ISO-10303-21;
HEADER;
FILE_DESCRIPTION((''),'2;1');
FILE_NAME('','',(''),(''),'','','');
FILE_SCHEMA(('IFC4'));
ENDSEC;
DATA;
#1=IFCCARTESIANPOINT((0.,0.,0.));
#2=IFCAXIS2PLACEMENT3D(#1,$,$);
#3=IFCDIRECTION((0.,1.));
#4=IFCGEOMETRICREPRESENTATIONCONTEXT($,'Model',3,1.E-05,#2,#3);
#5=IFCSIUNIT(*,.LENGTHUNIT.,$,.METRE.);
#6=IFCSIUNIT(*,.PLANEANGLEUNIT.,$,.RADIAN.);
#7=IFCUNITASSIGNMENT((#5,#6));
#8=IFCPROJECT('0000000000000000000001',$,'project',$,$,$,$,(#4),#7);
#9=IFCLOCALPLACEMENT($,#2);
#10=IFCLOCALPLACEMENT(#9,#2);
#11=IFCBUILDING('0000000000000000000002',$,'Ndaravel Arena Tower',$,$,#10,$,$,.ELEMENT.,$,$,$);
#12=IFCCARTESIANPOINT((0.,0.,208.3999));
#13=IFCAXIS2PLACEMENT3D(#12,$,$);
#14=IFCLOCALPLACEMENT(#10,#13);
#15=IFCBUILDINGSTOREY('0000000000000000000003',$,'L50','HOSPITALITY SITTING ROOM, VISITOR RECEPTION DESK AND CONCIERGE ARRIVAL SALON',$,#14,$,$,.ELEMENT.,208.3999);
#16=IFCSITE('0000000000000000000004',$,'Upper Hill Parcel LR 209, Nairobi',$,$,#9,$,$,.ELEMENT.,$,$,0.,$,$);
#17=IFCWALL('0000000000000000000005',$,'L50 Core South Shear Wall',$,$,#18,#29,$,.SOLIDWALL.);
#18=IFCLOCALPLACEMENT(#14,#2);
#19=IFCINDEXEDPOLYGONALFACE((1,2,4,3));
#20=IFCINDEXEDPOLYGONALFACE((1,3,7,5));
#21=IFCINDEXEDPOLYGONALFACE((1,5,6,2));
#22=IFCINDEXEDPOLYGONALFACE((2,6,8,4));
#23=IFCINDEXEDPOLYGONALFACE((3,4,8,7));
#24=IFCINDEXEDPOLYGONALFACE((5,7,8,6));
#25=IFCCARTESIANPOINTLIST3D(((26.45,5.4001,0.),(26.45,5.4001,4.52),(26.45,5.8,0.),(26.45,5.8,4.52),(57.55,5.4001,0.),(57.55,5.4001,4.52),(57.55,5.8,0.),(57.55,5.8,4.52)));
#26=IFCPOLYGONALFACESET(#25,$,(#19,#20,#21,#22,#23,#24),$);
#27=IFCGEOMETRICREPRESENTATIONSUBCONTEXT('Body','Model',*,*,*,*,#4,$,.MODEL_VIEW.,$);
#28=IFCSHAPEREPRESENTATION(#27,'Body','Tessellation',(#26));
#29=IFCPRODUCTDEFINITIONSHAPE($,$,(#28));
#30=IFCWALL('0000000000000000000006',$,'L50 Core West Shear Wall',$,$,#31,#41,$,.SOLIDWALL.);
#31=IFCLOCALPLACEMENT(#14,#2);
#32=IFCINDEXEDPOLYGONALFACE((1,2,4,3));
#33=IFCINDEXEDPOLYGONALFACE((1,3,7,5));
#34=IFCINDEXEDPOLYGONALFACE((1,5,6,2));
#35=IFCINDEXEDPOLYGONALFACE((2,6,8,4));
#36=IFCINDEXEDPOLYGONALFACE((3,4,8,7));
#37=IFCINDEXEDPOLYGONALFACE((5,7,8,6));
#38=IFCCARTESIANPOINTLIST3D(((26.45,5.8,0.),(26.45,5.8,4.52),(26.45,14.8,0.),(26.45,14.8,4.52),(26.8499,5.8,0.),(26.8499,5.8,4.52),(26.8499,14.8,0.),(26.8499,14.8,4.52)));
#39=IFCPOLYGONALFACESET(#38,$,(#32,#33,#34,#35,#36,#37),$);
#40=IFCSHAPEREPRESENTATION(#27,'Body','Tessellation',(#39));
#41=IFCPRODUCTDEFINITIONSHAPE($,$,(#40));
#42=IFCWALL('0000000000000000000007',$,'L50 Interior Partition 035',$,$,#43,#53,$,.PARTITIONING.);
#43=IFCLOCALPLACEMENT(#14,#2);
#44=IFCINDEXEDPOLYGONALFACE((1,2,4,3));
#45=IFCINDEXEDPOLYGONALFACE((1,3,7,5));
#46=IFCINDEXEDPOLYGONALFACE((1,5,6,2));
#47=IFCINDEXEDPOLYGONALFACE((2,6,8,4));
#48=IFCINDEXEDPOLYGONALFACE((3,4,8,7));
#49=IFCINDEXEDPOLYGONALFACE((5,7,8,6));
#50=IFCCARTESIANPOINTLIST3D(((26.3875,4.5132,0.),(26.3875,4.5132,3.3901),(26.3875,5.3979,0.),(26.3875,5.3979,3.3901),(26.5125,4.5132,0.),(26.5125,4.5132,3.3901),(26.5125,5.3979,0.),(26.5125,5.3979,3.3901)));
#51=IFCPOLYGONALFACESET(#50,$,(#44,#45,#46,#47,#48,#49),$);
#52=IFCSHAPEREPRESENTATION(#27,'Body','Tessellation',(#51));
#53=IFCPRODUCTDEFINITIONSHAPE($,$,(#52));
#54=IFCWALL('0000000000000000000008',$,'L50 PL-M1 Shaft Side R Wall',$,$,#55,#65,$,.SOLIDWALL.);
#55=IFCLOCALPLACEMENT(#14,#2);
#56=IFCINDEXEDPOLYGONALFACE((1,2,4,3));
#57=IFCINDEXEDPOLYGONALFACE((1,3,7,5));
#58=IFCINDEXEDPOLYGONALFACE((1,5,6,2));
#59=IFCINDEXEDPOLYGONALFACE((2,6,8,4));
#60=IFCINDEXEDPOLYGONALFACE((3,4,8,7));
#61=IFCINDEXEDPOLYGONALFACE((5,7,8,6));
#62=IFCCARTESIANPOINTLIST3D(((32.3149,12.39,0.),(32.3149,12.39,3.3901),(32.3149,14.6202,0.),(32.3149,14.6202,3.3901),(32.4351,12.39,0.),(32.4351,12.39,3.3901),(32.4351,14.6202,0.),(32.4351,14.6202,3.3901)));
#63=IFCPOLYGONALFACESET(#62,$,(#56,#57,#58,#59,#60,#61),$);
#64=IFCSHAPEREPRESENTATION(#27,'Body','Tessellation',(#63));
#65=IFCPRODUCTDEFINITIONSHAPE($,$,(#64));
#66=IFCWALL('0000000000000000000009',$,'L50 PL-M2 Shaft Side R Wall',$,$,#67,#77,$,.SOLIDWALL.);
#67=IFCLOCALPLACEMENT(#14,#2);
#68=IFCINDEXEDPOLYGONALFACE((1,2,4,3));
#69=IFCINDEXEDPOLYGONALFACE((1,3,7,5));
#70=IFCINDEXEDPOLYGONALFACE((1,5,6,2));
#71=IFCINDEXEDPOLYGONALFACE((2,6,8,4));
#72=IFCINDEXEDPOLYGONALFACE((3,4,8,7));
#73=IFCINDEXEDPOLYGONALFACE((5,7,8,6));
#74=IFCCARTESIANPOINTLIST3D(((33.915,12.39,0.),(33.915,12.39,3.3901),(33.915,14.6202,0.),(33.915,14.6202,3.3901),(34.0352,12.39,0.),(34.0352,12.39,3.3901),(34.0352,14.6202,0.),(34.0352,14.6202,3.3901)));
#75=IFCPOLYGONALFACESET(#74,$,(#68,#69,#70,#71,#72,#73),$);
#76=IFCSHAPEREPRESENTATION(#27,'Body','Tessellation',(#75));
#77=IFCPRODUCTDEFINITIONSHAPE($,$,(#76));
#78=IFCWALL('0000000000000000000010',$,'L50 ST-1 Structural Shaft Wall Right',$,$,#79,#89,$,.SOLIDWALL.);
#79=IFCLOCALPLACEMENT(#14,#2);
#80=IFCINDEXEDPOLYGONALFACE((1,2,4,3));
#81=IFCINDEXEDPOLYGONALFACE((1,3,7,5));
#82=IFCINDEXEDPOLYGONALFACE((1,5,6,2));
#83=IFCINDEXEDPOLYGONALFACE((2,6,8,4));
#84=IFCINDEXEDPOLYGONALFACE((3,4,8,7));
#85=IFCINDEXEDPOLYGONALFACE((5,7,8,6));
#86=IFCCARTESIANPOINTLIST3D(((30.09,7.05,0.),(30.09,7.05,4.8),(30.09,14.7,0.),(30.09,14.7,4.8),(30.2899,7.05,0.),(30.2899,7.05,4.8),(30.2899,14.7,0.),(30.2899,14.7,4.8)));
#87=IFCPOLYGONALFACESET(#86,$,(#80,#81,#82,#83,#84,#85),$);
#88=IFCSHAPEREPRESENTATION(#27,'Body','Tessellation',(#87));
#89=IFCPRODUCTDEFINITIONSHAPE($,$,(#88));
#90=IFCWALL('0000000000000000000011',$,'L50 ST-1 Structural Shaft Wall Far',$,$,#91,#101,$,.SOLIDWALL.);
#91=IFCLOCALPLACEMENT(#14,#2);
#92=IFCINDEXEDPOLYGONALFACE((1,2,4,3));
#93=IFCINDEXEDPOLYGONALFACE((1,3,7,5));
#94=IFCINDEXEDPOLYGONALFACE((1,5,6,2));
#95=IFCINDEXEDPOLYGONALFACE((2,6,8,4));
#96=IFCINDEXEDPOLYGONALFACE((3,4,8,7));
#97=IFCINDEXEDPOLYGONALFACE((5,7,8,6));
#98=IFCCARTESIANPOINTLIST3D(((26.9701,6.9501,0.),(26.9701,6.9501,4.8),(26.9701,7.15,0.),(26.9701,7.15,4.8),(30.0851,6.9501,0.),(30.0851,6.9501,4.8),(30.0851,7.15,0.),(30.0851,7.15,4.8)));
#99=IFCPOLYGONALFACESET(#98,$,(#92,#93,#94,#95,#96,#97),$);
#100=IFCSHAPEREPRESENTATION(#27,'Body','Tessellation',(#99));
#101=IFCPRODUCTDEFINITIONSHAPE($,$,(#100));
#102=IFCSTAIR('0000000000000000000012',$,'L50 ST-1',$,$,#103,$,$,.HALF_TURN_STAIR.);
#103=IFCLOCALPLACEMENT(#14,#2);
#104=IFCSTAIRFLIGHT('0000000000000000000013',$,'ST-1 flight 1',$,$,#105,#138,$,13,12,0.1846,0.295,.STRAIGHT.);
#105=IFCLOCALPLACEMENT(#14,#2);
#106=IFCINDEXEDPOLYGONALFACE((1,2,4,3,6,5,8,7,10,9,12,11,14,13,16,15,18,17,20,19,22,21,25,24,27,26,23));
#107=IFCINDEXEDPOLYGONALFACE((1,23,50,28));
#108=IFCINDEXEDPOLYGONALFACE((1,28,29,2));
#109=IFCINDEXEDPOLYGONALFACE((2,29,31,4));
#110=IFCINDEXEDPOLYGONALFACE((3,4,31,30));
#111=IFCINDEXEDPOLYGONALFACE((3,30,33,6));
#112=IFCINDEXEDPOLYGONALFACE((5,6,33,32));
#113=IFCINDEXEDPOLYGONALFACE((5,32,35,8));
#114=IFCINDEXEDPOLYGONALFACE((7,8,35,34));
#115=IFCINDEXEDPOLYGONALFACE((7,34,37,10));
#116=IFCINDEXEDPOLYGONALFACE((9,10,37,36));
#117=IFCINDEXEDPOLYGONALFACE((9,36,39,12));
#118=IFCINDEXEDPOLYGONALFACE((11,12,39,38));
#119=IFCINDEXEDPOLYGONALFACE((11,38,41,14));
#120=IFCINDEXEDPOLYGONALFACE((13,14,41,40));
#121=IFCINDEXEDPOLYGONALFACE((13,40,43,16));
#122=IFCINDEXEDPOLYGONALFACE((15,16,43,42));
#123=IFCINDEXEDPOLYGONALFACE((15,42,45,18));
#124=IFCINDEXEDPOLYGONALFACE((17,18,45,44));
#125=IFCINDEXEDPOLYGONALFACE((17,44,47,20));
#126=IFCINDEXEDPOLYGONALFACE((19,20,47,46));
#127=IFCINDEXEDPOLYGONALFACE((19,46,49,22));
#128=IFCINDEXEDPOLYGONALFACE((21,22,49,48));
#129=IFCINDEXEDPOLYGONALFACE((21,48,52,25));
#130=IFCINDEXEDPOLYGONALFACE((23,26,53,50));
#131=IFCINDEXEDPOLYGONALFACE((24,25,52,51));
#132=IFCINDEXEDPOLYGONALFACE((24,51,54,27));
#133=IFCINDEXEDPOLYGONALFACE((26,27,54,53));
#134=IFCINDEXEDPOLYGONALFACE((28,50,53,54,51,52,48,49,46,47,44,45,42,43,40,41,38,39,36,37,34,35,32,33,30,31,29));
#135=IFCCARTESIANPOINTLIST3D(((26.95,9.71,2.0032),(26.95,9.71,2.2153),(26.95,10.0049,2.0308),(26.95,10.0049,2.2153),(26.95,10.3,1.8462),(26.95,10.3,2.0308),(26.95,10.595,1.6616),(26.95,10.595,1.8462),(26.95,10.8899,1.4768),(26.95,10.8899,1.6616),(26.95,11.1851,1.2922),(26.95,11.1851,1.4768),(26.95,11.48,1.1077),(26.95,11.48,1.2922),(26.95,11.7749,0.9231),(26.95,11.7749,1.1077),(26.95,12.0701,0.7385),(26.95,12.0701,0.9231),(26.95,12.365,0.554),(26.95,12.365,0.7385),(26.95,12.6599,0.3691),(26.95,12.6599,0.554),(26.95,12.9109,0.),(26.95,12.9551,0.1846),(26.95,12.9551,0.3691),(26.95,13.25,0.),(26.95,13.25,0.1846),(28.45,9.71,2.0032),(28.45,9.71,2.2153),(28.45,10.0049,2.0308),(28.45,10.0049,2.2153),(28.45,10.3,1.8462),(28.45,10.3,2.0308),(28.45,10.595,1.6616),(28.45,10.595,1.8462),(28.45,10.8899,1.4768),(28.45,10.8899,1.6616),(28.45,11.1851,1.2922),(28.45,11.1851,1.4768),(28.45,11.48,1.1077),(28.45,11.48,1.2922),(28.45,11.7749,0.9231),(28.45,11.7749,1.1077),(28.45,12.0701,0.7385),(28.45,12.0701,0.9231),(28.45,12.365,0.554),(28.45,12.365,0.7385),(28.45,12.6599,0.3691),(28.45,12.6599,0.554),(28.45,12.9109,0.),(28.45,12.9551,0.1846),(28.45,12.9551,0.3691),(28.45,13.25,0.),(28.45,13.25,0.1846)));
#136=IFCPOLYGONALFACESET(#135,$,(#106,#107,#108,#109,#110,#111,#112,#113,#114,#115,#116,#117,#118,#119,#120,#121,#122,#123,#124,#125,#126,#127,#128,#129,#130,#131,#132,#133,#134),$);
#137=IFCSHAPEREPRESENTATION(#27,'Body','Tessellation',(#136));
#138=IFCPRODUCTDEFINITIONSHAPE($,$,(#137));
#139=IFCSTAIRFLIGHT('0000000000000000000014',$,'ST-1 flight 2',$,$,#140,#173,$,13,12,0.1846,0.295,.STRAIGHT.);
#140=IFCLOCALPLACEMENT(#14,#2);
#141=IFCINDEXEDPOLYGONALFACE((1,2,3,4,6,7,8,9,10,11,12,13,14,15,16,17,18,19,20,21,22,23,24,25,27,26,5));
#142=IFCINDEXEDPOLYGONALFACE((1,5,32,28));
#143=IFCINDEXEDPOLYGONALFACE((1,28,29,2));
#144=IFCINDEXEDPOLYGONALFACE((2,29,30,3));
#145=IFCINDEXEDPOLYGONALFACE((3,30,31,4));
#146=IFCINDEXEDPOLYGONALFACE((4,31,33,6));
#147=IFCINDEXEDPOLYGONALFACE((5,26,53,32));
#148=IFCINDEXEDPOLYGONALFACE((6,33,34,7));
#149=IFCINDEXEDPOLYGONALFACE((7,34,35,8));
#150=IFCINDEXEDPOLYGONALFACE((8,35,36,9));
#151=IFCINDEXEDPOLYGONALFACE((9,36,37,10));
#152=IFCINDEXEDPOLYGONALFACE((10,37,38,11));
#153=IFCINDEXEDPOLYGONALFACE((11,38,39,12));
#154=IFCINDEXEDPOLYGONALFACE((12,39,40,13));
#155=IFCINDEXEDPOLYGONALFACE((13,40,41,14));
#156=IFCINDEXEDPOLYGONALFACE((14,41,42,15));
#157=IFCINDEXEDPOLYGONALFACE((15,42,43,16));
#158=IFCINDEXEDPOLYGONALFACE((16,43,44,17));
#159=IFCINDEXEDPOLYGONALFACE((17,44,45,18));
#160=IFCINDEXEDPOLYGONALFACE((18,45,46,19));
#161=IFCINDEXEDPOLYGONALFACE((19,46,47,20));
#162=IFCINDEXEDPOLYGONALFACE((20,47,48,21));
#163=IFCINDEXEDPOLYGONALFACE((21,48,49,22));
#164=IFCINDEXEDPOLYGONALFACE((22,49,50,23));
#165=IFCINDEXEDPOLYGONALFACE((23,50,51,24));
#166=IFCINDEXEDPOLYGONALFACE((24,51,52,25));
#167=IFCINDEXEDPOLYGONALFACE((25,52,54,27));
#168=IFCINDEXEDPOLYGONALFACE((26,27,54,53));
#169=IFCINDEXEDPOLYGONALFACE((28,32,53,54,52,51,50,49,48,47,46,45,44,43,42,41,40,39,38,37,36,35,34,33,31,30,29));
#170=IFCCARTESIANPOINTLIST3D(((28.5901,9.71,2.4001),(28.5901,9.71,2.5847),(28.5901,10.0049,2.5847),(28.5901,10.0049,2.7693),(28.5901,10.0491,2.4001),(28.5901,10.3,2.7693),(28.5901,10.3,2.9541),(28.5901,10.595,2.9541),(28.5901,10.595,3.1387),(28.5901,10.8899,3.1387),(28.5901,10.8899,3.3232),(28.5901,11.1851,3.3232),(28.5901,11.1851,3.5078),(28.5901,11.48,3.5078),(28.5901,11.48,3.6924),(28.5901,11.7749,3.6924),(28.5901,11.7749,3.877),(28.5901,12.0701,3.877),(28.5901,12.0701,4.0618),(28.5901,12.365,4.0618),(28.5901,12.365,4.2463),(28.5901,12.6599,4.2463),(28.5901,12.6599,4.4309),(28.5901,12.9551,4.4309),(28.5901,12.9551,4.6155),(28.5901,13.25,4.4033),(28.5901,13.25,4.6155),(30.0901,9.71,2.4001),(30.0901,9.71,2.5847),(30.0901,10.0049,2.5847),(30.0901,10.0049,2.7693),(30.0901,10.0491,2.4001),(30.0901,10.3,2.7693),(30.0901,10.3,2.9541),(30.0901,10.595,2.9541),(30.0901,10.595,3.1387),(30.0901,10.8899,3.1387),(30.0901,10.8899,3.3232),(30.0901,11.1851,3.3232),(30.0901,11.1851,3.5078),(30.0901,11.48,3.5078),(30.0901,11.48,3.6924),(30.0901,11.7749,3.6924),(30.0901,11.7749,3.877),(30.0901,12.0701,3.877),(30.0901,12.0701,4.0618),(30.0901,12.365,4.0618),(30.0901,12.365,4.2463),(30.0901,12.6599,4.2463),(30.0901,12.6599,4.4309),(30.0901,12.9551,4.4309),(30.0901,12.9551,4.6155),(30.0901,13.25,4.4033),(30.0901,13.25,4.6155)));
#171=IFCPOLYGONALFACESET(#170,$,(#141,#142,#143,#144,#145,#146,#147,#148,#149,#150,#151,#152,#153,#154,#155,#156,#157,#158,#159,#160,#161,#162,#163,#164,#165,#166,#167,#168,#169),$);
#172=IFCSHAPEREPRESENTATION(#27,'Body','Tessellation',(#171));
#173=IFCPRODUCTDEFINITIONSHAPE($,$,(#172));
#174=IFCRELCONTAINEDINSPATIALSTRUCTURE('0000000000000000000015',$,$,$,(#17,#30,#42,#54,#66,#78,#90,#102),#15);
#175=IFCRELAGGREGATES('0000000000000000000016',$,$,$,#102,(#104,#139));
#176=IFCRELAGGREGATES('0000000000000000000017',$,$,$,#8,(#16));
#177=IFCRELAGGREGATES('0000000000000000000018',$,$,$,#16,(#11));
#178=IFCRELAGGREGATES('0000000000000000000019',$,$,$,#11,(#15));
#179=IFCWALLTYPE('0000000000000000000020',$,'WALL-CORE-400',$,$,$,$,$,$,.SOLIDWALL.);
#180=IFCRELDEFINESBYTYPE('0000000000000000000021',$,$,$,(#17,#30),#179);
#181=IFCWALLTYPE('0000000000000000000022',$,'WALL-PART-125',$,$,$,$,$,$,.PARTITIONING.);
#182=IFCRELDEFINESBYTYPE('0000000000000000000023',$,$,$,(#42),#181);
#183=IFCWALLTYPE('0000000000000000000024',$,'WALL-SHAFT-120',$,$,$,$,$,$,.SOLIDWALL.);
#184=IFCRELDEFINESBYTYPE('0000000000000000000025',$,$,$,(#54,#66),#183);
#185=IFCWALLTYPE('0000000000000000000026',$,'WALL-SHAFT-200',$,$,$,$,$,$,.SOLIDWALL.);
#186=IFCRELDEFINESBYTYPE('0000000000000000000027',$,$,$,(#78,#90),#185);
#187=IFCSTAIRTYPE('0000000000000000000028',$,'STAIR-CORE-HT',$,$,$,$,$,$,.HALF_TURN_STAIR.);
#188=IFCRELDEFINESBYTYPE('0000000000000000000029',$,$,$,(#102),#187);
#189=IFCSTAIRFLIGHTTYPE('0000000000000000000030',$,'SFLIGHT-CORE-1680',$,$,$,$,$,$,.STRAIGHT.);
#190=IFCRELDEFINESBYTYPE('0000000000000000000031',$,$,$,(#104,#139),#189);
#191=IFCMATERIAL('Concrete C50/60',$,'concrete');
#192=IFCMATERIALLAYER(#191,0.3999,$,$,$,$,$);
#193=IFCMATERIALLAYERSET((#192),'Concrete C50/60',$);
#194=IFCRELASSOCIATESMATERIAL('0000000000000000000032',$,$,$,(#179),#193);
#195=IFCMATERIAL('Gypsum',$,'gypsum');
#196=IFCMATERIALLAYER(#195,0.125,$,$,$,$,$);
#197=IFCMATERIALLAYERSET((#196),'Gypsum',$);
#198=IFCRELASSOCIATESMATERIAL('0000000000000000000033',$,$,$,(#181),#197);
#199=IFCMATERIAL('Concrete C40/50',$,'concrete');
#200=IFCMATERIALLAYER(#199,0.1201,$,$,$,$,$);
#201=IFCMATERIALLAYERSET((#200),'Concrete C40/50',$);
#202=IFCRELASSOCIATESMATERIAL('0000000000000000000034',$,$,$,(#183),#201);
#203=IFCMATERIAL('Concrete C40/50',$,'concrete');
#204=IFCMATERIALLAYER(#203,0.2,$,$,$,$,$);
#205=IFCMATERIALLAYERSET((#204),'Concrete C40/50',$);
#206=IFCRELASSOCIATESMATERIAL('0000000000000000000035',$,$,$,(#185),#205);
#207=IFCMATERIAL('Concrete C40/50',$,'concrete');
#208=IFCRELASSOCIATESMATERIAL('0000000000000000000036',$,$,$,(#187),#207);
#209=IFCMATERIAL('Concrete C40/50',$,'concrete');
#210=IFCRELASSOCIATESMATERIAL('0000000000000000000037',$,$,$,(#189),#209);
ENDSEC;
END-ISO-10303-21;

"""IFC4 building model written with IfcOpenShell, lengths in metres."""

from ifc_helpers import new_model, si_unit, direction, frame, frame_2d, origin, place, context, subcontext, project, spatial, polyline, rectangle, outline, extrude, material, layer, layer_set, type_object, element, aggregate, save


model = new_model("IFC4")

# Units and contexts
model_context = context("Model", 3, precision=1e-05, world=origin(), true_north=direction((0.0, 1.0)))
body_context = subcontext(model_context, "Body", "Model", "MODEL_VIEW")
ifc_project = project(units=[si_unit("LENGTHUNIT", "METRE"), si_unit("PLANEANGLEUNIT", "RADIAN")], contexts=[model_context])

# Site, building, storey
site_placement = place(None, origin())
site = spatial("IfcSite", under=ifc_project, at=site_placement, Name="Upper Hill Parcel LR 209, Nairobi", CompositionType="ELEMENT", RefElevation=0.0)
building_placement = place(site_placement, origin())
building = spatial("IfcBuilding", under=site, at=building_placement, Name="Ndaravel Arena Tower", CompositionType="ELEMENT")
storey_placement = place(building_placement, frame((0.0, 0.0, 208.3999)))
storey = spatial("IfcBuildingStorey", under=building, at=storey_placement, Name="L50", Description="HOSPITALITY SITTING ROOM, VISITOR RECEPTION DESK AND CONCIERGE ARRIVAL SALON", CompositionType="ELEMENT", Elevation=208.3999)

# Walls
ifc_material_1 = material(Name="Concrete C50/60", Category="concrete")
ifc_layer_1 = layer(ifc_material_1, 0.3999)
ifc_layer_set_1 = layer_set([ifc_layer_1], Name="Concrete C50/60")
wall_type_1 = type_object("IfcWallType", Name="WALL-CORE-400", PredefinedType="SOLIDWALL", material=ifc_layer_set_1)
wall_1_placement = place(storey_placement, frame((26.45, 5.6001, 0.0), z_axis=(0.0, 0.0, 1.0), x_axis=(1.0, 0.0, 0.0)))
element("IfcWall", 1, at=wall_1_placement, inside=storey, type_object=wall_type_1, Name="L50 Core South Shear Wall", PredefinedType="SOLIDWALL", context=body_context, shape_type="SweptSolid", body=[
    extrude(rectangle(XDim=31.1001, YDim=0.3999, at=frame_2d((15.55, 0.0))), origin(), (0.0, 0.0, 1.0), 4.52),
])
wall_2_placement = place(storey_placement, frame((26.6499, 5.8, 0.0), z_axis=(0.0, 0.0, 1.0), x_axis=(0.0, 1.0, 0.0)))
element("IfcWall", 2, at=wall_2_placement, inside=storey, type_object=wall_type_1, Name="L50 Core West Shear Wall", PredefinedType="SOLIDWALL", context=body_context, shape_type="SweptSolid", body=[
    extrude(rectangle(XDim=9.0, YDim=0.3999, at=frame_2d((4.5, 0.0))), origin(), (0.0, 0.0, 1.0), 4.52),
])
ifc_material_2 = material(Name="Gypsum", Category="gypsum")
ifc_layer_2 = layer(ifc_material_2, 0.125)
ifc_layer_set_2 = layer_set([ifc_layer_2], Name="Gypsum")
wall_type_2 = type_object("IfcWallType", Name="WALL-PART-125", PredefinedType="PARTITIONING", material=ifc_layer_set_2)
wall_3_placement = place(storey_placement, frame((26.45, 5.3979, 0.0), z_axis=(0.0, 0.0, 1.0), x_axis=(0.0, -1.0, 0.0)))
element("IfcWall", 3, at=wall_3_placement, inside=storey, type_object=wall_type_2, Name="L50 Interior Partition 035", PredefinedType="PARTITIONING", context=body_context, shape_type="SweptSolid", body=[
    extrude(rectangle(XDim=0.8848, YDim=0.125, at=frame_2d((0.4424, 0.0))), origin(), (0.0, 0.0, 1.0), 3.3901),
])
ifc_material_3 = material(Name="Concrete C40/50", Category="concrete")
ifc_layer_3 = layer(ifc_material_3, 0.1201)
ifc_layer_set_3 = layer_set([ifc_layer_3], Name="Concrete C40/50")
wall_type_3 = type_object("IfcWallType", Name="WALL-SHAFT-120", PredefinedType="SOLIDWALL", material=ifc_layer_set_3)
for number, where, z_axis, x_axis, name in (
    (4, (32.375, 12.3899, 0.0), (0.0, 0.0, 1.0), (0.0, 1.0, 0.0), "L50 PL-M1 Shaft Side R Wall"),
    (5, (33.9751, 12.3899, 0.0), (0.0, 0.0, 1.0), (0.0, 1.0, 0.0), "L50 PL-M2 Shaft Side R Wall"),
):
    element("IfcWall", number, at=place(storey_placement, frame(where, z_axis=z_axis, x_axis=x_axis)), inside=storey, type_object=wall_type_3, Name=name, PredefinedType="SOLIDWALL", context=body_context, shape_type="SweptSolid", body=[
        extrude(rectangle(XDim=2.2302, YDim=0.1201, at=frame_2d((1.1152, 0.0))), origin(), (0.0, 0.0, 1.0), 3.3901),
    ])
ifc_material_4 = material(Name="Concrete C40/50", Category="concrete")
ifc_layer_4 = layer(ifc_material_4, 0.2)
ifc_layer_set_4 = layer_set([ifc_layer_4], Name="Concrete C40/50")
wall_type_4 = type_object("IfcWallType", Name="WALL-SHAFT-200", PredefinedType="SOLIDWALL", material=ifc_layer_set_4)
wall_4_placement = place(storey_placement, frame((30.1899, 14.7, 0.0), z_axis=(0.0, 0.0, 1.0), x_axis=(0.0, -1.0, 0.0)))
element("IfcWall", 6, at=wall_4_placement, inside=storey, type_object=wall_type_4, Name="L50 ST-1 Structural Shaft Wall Right", PredefinedType="SOLIDWALL", context=body_context, shape_type="SweptSolid", body=[
    extrude(rectangle(XDim=7.6499, YDim=0.2, at=frame_2d((3.825, 0.0))), origin(), (0.0, 0.0, 1.0), 4.8),
])
wall_5_placement = place(storey_placement, frame((26.97, 7.05, 0.0), z_axis=(0.0, 0.0, 1.0), x_axis=(1.0, 0.0, 0.0)))
element("IfcWall", 7, at=wall_5_placement, inside=storey, type_object=wall_type_4, Name="L50 ST-1 Structural Shaft Wall Far", PredefinedType="SOLIDWALL", context=body_context, shape_type="SweptSolid", body=[
    extrude(rectangle(XDim=3.115, YDim=0.2, at=frame_2d((1.5576, 0.0))), origin(), (0.0, 0.0, 1.0), 4.8),
])

# Stair, stair flights
ifc_material_5 = material(Name="Concrete C40/50", Category="concrete")
stair_type = type_object("IfcStairType", Name="STAIR-CORE-HT", PredefinedType="HALF_TURN_STAIR", material=ifc_material_5)
stair_placement = place(storey_placement, origin())
stair = element("IfcStair", 8, at=stair_placement, inside=storey, type_object=stair_type, Name="L50 ST-1", PredefinedType="HALF_TURN_STAIR")
ifc_material_6 = material(Name="Concrete C40/50", Category="concrete")
stair_flight_type = type_object("IfcStairFlightType", Name="SFLIGHT-CORE-1680", PredefinedType="STRAIGHT", material=ifc_material_6)
stair_flight_1_placement = place(storey_placement, frame((27.7, 13.25, 0.0), z_axis=(0.0, 0.0, 1.0), x_axis=(0.0, -1.0, 0.0)))
stair_flight_1 = element("IfcStairFlight", 9, at=stair_flight_1_placement, type_object=stair_flight_type, Name="ST-1 flight 1", NumberOfRisers=13, NumberOfTreads=12, PredefinedType="STRAIGHT", RiserHeight=0.1846, TreadLength=0.295, context=body_context, shape_type="SweptSolid", body=[
    extrude(outline(polyline([(0.0, 0.0), (0.0, 0.1846), (0.2949, 0.1846), (0.2949, 0.3691), (0.5901, 0.3691), (0.5901, 0.554), (0.885, 0.554), (0.885, 0.7385), (1.1799, 0.7385), (1.1799, 0.9231), (1.4751, 0.9231), (1.4751, 1.1077), (1.77, 1.1077), (1.77, 1.2922), (2.0649, 1.2922), (2.0649, 1.4768), (2.3601, 1.4768), (2.3601, 1.6616), (2.655, 1.6616), (2.655, 1.8462), (2.95, 1.8462), (2.95, 2.0308), (3.2451, 2.0308), (3.2451, 2.2153), (3.54, 2.2153), (3.54, 2.3999), (3.54, 2.0032), (0.3391, 0.0), (0.0, 0.0)])), frame((0.0, 0.75, 0.0), z_axis=(0.0, -1.0, 0.0), x_axis=(1.0, 0.0, 0.0)), (0.0, 0.0, 1.0), 1.5),
])
stair_flight_2_placement = place(storey_placement, frame((29.3401, 9.71, 2.4001), z_axis=(0.0, 0.0, 1.0), x_axis=(0.0, 1.0, 0.0)))
stair_flight_2 = element("IfcStairFlight", 10, at=stair_flight_2_placement, type_object=stair_flight_type, Name="ST-1 flight 2", NumberOfRisers=13, NumberOfTreads=12, PredefinedType="STRAIGHT", RiserHeight=0.1846, TreadLength=0.295, context=body_context, shape_type="SweptSolid", body=[
    extrude(outline(polyline([(0.0, 0.0), (0.0, 0.1846), (0.2949, 0.1846), (0.2949, 0.3691), (0.5901, 0.3691), (0.5901, 0.554), (0.885, 0.554), (0.885, 0.7385), (1.1799, 0.7385), (1.1799, 0.9231), (1.4751, 0.9231), (1.4751, 1.1077), (1.77, 1.1077), (1.77, 1.2922), (2.0649, 1.2922), (2.0649, 1.4768), (2.3601, 1.4768), (2.3601, 1.6616), (2.655, 1.6616), (2.655, 1.8462), (2.95, 1.8462), (2.95, 2.0308), (3.2451, 2.0308), (3.2451, 2.2153), (3.54, 2.2153), (3.54, 2.3999), (3.54, 2.0032), (0.3391, 0.0), (0.0, 0.0)])), frame((0.0, 0.75, 0.0), z_axis=(0.0, -1.0, 0.0), x_axis=(1.0, 0.0, 0.0)), (0.0, 0.0, 1.0), 1.5),
])
aggregate(stair, [stair_flight_1, stair_flight_2])

save(model, "model.ifc")
